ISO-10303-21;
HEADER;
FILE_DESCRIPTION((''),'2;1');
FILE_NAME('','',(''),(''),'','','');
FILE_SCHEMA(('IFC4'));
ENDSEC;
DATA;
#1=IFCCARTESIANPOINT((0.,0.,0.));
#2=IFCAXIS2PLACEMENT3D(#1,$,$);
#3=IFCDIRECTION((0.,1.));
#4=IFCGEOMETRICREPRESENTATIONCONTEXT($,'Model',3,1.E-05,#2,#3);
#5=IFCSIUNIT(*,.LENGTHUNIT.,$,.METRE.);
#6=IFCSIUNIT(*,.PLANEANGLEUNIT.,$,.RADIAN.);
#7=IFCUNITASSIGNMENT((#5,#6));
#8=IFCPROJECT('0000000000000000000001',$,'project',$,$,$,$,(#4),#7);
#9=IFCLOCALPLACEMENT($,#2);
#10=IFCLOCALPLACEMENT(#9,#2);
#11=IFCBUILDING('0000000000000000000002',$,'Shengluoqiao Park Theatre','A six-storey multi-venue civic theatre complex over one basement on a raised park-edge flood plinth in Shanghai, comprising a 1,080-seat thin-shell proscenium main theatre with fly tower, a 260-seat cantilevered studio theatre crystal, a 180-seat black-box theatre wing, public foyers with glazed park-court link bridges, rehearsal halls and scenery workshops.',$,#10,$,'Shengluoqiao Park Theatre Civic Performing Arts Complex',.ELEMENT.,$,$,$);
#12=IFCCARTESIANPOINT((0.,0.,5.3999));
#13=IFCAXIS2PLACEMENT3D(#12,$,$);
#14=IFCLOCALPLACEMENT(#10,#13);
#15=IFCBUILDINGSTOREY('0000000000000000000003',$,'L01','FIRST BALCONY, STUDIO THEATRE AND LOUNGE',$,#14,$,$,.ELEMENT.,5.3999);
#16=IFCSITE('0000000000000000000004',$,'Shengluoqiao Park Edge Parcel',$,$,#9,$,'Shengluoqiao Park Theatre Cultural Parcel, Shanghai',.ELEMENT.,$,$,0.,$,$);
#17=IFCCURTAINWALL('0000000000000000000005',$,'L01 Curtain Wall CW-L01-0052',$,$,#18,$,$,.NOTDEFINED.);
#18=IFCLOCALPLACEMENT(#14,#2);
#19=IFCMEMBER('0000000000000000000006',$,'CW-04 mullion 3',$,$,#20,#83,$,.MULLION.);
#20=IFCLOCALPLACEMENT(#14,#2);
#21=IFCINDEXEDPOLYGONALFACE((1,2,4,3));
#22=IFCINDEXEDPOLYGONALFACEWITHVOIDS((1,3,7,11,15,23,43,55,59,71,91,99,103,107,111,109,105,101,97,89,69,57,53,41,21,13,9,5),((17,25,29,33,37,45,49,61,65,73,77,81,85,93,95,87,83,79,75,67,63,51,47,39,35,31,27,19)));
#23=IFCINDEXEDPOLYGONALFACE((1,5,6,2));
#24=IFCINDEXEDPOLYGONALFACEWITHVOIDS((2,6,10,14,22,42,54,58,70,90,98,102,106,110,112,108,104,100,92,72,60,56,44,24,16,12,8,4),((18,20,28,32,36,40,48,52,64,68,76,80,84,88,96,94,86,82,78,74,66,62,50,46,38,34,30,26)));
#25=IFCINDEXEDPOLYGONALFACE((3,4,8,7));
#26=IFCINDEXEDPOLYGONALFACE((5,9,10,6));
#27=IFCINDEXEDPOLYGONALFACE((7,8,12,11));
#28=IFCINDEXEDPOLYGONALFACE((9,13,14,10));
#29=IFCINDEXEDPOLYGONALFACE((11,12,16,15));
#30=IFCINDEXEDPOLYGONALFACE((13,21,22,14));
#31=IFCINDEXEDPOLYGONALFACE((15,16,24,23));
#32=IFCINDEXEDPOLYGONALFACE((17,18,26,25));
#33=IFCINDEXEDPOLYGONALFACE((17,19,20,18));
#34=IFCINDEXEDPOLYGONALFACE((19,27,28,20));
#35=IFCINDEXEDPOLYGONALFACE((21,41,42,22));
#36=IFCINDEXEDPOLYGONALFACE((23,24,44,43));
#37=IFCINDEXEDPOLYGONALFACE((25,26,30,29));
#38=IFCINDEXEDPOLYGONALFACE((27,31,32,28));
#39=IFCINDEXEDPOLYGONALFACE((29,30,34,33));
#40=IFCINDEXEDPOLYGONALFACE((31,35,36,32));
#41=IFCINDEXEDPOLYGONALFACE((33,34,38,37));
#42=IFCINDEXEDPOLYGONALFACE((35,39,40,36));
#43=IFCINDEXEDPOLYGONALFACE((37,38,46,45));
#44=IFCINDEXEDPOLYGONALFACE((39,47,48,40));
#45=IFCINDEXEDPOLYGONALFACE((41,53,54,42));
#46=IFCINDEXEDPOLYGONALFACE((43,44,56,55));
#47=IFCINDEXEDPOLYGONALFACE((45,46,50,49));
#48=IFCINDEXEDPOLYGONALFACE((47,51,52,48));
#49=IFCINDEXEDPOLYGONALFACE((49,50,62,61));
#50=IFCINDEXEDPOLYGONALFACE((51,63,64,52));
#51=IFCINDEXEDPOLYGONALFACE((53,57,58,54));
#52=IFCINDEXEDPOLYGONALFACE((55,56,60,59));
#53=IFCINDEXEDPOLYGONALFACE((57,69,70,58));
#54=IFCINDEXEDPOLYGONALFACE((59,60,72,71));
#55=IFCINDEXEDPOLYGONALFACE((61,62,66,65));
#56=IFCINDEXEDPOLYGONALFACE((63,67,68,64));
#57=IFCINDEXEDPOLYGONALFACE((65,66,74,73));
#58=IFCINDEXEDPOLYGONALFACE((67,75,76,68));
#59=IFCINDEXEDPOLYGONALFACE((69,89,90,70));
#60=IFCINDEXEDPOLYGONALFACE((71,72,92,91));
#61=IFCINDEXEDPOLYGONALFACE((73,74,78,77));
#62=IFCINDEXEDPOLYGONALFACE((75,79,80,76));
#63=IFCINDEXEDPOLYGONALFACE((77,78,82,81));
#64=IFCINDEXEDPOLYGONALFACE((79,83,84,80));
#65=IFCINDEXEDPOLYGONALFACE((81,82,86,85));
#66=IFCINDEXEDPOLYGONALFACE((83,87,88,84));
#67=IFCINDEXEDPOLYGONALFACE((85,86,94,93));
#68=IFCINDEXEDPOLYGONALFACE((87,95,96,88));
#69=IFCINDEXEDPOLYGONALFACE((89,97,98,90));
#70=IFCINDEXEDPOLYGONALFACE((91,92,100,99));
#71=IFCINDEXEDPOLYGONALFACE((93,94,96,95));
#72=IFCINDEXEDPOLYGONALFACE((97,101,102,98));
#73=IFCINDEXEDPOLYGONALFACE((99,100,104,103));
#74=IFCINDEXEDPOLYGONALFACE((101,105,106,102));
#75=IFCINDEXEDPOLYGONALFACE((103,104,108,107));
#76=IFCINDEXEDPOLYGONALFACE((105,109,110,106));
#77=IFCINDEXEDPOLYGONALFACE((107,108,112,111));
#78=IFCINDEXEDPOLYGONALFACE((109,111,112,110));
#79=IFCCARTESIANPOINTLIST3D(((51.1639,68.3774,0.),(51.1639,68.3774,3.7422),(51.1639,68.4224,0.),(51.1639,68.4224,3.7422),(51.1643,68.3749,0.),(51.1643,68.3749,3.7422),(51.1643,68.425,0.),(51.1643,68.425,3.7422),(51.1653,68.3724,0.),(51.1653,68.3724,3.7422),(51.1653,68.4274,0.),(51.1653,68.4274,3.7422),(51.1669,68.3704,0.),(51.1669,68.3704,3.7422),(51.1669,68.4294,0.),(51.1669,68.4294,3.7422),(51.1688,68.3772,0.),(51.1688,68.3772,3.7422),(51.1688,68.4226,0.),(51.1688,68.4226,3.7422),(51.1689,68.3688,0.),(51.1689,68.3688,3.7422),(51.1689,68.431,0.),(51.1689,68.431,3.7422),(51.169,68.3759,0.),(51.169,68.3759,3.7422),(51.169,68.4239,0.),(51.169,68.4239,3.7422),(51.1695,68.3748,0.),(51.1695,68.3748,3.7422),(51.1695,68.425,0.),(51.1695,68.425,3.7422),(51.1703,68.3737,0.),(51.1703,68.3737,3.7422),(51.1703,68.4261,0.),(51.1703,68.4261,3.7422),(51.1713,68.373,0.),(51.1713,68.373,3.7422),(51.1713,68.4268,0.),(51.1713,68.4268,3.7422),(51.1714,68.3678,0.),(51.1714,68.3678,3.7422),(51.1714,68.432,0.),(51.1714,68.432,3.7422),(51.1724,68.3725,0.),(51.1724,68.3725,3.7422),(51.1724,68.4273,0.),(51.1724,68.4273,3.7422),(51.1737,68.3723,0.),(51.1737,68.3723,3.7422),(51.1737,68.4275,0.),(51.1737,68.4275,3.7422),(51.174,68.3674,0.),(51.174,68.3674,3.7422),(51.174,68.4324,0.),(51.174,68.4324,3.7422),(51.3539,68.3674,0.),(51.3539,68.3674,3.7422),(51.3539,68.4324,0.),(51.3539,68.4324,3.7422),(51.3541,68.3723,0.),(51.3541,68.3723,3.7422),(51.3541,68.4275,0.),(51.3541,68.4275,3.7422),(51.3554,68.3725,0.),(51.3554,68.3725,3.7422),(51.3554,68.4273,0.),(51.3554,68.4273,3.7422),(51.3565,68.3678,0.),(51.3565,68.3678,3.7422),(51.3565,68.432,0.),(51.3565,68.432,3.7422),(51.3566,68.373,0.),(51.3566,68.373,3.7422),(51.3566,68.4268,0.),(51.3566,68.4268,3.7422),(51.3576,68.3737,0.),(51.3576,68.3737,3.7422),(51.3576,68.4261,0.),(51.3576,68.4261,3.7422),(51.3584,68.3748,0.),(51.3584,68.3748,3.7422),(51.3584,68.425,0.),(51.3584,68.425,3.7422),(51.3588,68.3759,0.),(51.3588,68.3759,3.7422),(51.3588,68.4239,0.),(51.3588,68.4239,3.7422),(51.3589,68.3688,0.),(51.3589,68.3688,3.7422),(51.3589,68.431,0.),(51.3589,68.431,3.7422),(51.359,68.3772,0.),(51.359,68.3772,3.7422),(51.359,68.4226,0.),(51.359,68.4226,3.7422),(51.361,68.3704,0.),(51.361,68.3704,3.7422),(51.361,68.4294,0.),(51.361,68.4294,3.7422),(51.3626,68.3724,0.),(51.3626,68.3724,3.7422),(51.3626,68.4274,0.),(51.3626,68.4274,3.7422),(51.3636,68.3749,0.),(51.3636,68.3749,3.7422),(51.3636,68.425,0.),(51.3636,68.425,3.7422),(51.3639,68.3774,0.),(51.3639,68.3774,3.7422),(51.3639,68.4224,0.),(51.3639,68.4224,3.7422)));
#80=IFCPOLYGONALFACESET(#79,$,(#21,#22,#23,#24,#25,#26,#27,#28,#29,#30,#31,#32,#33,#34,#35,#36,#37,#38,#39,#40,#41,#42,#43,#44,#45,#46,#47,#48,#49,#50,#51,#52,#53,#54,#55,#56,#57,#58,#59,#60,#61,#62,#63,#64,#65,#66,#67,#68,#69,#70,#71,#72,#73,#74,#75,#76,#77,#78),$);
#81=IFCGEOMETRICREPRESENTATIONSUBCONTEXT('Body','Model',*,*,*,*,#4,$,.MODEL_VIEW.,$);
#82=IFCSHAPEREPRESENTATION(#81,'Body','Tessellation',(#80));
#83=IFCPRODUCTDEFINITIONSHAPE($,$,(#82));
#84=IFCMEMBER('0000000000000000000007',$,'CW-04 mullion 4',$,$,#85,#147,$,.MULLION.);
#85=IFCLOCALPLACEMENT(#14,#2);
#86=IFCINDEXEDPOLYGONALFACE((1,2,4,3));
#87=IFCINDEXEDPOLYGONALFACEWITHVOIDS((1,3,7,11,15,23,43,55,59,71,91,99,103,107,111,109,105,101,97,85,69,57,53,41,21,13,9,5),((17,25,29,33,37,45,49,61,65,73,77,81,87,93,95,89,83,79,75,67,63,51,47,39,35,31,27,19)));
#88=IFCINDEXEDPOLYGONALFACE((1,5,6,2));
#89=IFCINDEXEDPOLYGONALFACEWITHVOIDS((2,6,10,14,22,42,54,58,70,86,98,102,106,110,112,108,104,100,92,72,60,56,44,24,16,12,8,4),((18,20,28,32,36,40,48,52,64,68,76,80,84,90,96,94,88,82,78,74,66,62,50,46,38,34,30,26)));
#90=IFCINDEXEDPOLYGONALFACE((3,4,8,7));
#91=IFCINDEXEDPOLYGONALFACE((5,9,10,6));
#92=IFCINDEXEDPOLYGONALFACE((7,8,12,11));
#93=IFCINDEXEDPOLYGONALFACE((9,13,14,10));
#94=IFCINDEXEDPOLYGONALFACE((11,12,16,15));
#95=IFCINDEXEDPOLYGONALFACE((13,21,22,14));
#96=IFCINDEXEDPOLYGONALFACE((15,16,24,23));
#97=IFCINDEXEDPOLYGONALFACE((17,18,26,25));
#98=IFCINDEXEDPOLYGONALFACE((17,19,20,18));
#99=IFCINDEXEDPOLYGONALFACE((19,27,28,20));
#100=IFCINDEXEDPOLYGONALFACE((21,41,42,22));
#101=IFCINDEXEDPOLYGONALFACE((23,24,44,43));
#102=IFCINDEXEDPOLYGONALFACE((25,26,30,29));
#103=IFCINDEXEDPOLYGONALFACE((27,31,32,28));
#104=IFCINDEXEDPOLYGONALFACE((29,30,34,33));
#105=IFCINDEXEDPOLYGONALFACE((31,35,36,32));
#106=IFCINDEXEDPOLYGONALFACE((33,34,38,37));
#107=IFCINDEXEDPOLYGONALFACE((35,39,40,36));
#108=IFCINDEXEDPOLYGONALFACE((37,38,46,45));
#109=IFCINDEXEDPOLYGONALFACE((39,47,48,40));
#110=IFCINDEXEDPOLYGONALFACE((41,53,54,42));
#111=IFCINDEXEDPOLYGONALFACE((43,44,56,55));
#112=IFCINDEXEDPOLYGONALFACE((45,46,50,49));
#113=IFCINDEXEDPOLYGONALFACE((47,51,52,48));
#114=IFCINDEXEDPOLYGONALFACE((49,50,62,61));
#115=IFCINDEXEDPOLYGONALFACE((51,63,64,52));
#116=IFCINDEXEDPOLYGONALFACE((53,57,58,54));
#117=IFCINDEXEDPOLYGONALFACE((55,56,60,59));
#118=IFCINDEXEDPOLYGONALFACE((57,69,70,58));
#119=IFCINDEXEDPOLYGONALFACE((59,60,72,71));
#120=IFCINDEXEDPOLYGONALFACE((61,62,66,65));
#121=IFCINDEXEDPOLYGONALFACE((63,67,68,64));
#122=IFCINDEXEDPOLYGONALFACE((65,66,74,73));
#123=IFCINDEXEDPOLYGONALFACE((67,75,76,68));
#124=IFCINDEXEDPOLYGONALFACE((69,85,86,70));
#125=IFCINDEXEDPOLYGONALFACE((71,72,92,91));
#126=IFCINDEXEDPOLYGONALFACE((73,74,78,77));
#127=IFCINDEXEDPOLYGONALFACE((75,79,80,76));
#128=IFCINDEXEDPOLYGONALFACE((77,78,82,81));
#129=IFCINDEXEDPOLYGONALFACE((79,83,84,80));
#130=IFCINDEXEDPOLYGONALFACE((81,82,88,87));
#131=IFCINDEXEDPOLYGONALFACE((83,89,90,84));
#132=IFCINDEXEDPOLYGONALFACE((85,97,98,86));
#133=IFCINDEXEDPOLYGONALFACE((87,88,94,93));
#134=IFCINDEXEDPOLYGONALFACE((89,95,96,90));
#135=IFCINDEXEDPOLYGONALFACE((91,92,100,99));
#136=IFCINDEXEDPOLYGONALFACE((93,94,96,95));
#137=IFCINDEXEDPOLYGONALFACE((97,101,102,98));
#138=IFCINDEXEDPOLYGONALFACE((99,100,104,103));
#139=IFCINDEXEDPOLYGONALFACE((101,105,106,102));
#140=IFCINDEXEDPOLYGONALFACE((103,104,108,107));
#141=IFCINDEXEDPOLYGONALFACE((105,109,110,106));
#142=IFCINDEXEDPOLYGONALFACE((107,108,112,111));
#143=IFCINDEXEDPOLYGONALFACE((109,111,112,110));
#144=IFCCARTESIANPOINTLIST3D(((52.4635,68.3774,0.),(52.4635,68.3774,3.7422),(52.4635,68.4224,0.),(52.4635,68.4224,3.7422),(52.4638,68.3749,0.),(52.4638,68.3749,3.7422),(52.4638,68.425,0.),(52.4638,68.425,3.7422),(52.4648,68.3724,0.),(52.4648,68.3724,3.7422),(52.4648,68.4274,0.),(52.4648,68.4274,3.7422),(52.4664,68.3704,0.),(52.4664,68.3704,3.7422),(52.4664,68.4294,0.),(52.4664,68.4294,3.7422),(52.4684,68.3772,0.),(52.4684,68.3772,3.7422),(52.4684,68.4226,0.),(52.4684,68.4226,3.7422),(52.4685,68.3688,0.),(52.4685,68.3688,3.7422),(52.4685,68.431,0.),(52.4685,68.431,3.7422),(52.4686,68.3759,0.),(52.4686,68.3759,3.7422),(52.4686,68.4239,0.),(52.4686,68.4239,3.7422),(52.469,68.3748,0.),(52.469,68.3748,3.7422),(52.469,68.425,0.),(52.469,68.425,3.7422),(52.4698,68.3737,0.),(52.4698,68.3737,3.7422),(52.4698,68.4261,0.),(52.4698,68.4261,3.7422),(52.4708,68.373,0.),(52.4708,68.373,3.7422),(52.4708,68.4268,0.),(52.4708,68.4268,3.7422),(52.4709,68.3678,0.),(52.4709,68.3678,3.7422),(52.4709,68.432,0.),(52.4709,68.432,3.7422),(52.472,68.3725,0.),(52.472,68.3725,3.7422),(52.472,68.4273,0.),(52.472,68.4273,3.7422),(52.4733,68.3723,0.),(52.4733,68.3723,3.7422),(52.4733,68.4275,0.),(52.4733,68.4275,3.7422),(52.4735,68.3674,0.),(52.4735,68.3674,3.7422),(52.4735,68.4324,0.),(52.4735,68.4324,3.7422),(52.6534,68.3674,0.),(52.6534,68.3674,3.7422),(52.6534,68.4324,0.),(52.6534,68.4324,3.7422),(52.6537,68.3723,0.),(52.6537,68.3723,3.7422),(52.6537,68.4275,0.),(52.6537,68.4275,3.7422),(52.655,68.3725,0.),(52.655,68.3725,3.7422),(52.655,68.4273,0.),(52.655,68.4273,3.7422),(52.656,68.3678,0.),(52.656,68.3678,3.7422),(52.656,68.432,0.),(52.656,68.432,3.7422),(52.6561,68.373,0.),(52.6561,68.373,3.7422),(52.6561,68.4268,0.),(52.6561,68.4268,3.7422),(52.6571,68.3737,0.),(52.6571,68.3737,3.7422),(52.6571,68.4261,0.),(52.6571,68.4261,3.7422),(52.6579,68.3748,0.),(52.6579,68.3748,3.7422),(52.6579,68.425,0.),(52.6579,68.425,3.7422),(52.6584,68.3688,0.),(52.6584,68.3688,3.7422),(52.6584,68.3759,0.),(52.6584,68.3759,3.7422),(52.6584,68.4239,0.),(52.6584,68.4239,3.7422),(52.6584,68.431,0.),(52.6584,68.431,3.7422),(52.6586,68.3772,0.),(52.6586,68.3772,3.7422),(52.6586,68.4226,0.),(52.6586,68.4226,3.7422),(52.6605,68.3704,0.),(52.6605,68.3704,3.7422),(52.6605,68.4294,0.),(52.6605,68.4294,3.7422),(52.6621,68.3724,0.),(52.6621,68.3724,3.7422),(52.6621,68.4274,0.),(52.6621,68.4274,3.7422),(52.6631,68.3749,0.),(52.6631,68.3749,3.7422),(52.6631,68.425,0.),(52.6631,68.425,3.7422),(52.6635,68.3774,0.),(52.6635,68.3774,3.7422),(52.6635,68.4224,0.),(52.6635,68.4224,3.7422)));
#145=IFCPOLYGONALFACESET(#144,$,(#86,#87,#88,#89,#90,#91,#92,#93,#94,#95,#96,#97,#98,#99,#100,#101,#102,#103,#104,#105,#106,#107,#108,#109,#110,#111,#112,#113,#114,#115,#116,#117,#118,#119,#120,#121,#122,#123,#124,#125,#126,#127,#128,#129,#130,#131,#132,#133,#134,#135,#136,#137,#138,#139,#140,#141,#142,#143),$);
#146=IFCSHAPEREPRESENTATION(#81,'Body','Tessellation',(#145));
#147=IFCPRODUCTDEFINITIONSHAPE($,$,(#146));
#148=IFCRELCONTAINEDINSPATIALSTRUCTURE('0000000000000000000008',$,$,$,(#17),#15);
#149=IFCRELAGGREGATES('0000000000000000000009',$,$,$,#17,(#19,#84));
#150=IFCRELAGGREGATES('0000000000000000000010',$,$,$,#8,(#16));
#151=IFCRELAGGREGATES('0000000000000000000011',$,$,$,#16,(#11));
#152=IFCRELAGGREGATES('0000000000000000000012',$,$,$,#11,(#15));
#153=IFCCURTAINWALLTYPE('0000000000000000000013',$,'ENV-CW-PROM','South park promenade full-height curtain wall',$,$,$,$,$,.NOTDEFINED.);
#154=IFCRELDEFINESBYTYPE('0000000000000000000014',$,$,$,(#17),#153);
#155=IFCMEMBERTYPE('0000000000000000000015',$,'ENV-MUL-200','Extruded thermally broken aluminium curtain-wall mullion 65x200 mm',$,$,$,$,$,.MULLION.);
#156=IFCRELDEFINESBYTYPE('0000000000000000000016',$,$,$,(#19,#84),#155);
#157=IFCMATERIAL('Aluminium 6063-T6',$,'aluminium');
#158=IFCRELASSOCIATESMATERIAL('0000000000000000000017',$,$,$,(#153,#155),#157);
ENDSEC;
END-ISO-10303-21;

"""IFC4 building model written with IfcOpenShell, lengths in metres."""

from ifc_helpers import new_model, si_unit, direction, frame, origin, origin_2d, place, context, subcontext, project, spatial, hollow_rectangle, extrude, material, material_profile, profile_set, type_object, element, aggregate, save


model = new_model("IFC4")

# Units and contexts
model_context = context("Model", 3, precision=1e-05, world=origin(), true_north=direction((0.0, 1.0)))
body_context = subcontext(model_context, "Body", "Model", "MODEL_VIEW")
ifc_project = project(units=[si_unit("LENGTHUNIT", "METRE"), si_unit("PLANEANGLEUNIT", "RADIAN")], contexts=[model_context])

# Site, building, storey
site_placement = place(None, origin())
site = spatial("IfcSite", under=ifc_project, at=site_placement, Name="Shengluoqiao Park Edge Parcel", LongName="Shengluoqiao Park Theatre Cultural Parcel, Shanghai", CompositionType="ELEMENT", RefElevation=0.0)
building_placement = place(site_placement, origin())
building = spatial("IfcBuilding", under=site, at=building_placement, Name="Shengluoqiao Park Theatre", Description="A six-storey multi-venue civic theatre complex over one basement on a raised park-edge flood plinth in Shanghai, comprising a 1,080-seat thin-shell proscenium main theatre with fly tower, a 260-seat cantilevered studio theatre crystal, a 180-seat black-box theatre wing, public foyers with glazed park-court link bridges, rehearsal halls and scenery workshops.", LongName="Shengluoqiao Park Theatre Civic Performing Arts Complex", CompositionType="ELEMENT")
storey_placement = place(building_placement, frame((0.0, 0.0, 5.3999)))
storey = spatial("IfcBuildingStorey", under=building, at=storey_placement, Name="L01", Description="FIRST BALCONY, STUDIO THEATRE AND LOUNGE", CompositionType="ELEMENT", Elevation=5.3999)

# Curtain wall, members
ifc_material_1 = material(Name="Aluminium 6063-T6", Category="aluminium")
curtain_wall_type = type_object("IfcCurtainWallType", Name="ENV-CW-PROM", Description="South park promenade full-height curtain wall", PredefinedType="NOTDEFINED", material=ifc_material_1)
curtain_wall_1_placement = place(storey_placement, origin())
curtain_wall_1 = element("IfcCurtainWall", 1, at=curtain_wall_1_placement, inside=storey, type_object=curtain_wall_type, Name="L01 Curtain Wall CW-L01-0052", PredefinedType="NOTDEFINED")
ifc_material_profile_1 = material_profile(ifc_material_1, hollow_rectangle(XDim=0.0649, YDim=0.2, WallThickness=0.0049, InnerFilletRadius=0.0049, OuterFilletRadius=0.01, at=origin_2d()), Name="ALU MULLION 200x65x5")
ifc_profile_set_1 = profile_set([ifc_material_profile_1], Name="Aluminium 6063-T6")
member_type_1 = type_object("IfcMemberType", Name="ENV-MUL-200", Description="Extruded thermally broken aluminium curtain-wall mullion 65x200 mm", PredefinedType="MULLION", material=ifc_profile_set_1)
member_1_placement = place(storey_placement, frame((51.2639, 68.3999, 0.0), z_axis=(0.0, 0.0, 1.0), x_axis=(0.0, 1.0, 0.0)))
member_1 = element("IfcMember", 2, at=member_1_placement, type_object=member_type_1, Name="CW-04 mullion 3", PredefinedType="MULLION", context=body_context, shape_type="SweptSolid", body=[
    extrude(hollow_rectangle(XDim=0.0649, YDim=0.2, WallThickness=0.0049, InnerFilletRadius=0.0049, OuterFilletRadius=0.01, at=origin_2d()), origin(), (0.0, 0.0, 1.0), 3.7422),
])
member_2_placement = place(storey_placement, frame((52.5635, 68.3999, 0.0), z_axis=(0.0, 0.0, 1.0), x_axis=(0.0, 1.0, 0.0)))
member_2 = element("IfcMember", 3, at=member_2_placement, type_object=member_type_1, Name="CW-04 mullion 4", PredefinedType="MULLION", context=body_context, shape_type="SweptSolid", body=[
    extrude(hollow_rectangle(XDim=0.0649, YDim=0.2, WallThickness=0.0049, InnerFilletRadius=0.0049, OuterFilletRadius=0.01, at=origin_2d()), origin(), (0.0, 0.0, 1.0), 3.7422),
])

aggregate(curtain_wall_1, [member_1, member_2])

save(model, "model.ifc")
